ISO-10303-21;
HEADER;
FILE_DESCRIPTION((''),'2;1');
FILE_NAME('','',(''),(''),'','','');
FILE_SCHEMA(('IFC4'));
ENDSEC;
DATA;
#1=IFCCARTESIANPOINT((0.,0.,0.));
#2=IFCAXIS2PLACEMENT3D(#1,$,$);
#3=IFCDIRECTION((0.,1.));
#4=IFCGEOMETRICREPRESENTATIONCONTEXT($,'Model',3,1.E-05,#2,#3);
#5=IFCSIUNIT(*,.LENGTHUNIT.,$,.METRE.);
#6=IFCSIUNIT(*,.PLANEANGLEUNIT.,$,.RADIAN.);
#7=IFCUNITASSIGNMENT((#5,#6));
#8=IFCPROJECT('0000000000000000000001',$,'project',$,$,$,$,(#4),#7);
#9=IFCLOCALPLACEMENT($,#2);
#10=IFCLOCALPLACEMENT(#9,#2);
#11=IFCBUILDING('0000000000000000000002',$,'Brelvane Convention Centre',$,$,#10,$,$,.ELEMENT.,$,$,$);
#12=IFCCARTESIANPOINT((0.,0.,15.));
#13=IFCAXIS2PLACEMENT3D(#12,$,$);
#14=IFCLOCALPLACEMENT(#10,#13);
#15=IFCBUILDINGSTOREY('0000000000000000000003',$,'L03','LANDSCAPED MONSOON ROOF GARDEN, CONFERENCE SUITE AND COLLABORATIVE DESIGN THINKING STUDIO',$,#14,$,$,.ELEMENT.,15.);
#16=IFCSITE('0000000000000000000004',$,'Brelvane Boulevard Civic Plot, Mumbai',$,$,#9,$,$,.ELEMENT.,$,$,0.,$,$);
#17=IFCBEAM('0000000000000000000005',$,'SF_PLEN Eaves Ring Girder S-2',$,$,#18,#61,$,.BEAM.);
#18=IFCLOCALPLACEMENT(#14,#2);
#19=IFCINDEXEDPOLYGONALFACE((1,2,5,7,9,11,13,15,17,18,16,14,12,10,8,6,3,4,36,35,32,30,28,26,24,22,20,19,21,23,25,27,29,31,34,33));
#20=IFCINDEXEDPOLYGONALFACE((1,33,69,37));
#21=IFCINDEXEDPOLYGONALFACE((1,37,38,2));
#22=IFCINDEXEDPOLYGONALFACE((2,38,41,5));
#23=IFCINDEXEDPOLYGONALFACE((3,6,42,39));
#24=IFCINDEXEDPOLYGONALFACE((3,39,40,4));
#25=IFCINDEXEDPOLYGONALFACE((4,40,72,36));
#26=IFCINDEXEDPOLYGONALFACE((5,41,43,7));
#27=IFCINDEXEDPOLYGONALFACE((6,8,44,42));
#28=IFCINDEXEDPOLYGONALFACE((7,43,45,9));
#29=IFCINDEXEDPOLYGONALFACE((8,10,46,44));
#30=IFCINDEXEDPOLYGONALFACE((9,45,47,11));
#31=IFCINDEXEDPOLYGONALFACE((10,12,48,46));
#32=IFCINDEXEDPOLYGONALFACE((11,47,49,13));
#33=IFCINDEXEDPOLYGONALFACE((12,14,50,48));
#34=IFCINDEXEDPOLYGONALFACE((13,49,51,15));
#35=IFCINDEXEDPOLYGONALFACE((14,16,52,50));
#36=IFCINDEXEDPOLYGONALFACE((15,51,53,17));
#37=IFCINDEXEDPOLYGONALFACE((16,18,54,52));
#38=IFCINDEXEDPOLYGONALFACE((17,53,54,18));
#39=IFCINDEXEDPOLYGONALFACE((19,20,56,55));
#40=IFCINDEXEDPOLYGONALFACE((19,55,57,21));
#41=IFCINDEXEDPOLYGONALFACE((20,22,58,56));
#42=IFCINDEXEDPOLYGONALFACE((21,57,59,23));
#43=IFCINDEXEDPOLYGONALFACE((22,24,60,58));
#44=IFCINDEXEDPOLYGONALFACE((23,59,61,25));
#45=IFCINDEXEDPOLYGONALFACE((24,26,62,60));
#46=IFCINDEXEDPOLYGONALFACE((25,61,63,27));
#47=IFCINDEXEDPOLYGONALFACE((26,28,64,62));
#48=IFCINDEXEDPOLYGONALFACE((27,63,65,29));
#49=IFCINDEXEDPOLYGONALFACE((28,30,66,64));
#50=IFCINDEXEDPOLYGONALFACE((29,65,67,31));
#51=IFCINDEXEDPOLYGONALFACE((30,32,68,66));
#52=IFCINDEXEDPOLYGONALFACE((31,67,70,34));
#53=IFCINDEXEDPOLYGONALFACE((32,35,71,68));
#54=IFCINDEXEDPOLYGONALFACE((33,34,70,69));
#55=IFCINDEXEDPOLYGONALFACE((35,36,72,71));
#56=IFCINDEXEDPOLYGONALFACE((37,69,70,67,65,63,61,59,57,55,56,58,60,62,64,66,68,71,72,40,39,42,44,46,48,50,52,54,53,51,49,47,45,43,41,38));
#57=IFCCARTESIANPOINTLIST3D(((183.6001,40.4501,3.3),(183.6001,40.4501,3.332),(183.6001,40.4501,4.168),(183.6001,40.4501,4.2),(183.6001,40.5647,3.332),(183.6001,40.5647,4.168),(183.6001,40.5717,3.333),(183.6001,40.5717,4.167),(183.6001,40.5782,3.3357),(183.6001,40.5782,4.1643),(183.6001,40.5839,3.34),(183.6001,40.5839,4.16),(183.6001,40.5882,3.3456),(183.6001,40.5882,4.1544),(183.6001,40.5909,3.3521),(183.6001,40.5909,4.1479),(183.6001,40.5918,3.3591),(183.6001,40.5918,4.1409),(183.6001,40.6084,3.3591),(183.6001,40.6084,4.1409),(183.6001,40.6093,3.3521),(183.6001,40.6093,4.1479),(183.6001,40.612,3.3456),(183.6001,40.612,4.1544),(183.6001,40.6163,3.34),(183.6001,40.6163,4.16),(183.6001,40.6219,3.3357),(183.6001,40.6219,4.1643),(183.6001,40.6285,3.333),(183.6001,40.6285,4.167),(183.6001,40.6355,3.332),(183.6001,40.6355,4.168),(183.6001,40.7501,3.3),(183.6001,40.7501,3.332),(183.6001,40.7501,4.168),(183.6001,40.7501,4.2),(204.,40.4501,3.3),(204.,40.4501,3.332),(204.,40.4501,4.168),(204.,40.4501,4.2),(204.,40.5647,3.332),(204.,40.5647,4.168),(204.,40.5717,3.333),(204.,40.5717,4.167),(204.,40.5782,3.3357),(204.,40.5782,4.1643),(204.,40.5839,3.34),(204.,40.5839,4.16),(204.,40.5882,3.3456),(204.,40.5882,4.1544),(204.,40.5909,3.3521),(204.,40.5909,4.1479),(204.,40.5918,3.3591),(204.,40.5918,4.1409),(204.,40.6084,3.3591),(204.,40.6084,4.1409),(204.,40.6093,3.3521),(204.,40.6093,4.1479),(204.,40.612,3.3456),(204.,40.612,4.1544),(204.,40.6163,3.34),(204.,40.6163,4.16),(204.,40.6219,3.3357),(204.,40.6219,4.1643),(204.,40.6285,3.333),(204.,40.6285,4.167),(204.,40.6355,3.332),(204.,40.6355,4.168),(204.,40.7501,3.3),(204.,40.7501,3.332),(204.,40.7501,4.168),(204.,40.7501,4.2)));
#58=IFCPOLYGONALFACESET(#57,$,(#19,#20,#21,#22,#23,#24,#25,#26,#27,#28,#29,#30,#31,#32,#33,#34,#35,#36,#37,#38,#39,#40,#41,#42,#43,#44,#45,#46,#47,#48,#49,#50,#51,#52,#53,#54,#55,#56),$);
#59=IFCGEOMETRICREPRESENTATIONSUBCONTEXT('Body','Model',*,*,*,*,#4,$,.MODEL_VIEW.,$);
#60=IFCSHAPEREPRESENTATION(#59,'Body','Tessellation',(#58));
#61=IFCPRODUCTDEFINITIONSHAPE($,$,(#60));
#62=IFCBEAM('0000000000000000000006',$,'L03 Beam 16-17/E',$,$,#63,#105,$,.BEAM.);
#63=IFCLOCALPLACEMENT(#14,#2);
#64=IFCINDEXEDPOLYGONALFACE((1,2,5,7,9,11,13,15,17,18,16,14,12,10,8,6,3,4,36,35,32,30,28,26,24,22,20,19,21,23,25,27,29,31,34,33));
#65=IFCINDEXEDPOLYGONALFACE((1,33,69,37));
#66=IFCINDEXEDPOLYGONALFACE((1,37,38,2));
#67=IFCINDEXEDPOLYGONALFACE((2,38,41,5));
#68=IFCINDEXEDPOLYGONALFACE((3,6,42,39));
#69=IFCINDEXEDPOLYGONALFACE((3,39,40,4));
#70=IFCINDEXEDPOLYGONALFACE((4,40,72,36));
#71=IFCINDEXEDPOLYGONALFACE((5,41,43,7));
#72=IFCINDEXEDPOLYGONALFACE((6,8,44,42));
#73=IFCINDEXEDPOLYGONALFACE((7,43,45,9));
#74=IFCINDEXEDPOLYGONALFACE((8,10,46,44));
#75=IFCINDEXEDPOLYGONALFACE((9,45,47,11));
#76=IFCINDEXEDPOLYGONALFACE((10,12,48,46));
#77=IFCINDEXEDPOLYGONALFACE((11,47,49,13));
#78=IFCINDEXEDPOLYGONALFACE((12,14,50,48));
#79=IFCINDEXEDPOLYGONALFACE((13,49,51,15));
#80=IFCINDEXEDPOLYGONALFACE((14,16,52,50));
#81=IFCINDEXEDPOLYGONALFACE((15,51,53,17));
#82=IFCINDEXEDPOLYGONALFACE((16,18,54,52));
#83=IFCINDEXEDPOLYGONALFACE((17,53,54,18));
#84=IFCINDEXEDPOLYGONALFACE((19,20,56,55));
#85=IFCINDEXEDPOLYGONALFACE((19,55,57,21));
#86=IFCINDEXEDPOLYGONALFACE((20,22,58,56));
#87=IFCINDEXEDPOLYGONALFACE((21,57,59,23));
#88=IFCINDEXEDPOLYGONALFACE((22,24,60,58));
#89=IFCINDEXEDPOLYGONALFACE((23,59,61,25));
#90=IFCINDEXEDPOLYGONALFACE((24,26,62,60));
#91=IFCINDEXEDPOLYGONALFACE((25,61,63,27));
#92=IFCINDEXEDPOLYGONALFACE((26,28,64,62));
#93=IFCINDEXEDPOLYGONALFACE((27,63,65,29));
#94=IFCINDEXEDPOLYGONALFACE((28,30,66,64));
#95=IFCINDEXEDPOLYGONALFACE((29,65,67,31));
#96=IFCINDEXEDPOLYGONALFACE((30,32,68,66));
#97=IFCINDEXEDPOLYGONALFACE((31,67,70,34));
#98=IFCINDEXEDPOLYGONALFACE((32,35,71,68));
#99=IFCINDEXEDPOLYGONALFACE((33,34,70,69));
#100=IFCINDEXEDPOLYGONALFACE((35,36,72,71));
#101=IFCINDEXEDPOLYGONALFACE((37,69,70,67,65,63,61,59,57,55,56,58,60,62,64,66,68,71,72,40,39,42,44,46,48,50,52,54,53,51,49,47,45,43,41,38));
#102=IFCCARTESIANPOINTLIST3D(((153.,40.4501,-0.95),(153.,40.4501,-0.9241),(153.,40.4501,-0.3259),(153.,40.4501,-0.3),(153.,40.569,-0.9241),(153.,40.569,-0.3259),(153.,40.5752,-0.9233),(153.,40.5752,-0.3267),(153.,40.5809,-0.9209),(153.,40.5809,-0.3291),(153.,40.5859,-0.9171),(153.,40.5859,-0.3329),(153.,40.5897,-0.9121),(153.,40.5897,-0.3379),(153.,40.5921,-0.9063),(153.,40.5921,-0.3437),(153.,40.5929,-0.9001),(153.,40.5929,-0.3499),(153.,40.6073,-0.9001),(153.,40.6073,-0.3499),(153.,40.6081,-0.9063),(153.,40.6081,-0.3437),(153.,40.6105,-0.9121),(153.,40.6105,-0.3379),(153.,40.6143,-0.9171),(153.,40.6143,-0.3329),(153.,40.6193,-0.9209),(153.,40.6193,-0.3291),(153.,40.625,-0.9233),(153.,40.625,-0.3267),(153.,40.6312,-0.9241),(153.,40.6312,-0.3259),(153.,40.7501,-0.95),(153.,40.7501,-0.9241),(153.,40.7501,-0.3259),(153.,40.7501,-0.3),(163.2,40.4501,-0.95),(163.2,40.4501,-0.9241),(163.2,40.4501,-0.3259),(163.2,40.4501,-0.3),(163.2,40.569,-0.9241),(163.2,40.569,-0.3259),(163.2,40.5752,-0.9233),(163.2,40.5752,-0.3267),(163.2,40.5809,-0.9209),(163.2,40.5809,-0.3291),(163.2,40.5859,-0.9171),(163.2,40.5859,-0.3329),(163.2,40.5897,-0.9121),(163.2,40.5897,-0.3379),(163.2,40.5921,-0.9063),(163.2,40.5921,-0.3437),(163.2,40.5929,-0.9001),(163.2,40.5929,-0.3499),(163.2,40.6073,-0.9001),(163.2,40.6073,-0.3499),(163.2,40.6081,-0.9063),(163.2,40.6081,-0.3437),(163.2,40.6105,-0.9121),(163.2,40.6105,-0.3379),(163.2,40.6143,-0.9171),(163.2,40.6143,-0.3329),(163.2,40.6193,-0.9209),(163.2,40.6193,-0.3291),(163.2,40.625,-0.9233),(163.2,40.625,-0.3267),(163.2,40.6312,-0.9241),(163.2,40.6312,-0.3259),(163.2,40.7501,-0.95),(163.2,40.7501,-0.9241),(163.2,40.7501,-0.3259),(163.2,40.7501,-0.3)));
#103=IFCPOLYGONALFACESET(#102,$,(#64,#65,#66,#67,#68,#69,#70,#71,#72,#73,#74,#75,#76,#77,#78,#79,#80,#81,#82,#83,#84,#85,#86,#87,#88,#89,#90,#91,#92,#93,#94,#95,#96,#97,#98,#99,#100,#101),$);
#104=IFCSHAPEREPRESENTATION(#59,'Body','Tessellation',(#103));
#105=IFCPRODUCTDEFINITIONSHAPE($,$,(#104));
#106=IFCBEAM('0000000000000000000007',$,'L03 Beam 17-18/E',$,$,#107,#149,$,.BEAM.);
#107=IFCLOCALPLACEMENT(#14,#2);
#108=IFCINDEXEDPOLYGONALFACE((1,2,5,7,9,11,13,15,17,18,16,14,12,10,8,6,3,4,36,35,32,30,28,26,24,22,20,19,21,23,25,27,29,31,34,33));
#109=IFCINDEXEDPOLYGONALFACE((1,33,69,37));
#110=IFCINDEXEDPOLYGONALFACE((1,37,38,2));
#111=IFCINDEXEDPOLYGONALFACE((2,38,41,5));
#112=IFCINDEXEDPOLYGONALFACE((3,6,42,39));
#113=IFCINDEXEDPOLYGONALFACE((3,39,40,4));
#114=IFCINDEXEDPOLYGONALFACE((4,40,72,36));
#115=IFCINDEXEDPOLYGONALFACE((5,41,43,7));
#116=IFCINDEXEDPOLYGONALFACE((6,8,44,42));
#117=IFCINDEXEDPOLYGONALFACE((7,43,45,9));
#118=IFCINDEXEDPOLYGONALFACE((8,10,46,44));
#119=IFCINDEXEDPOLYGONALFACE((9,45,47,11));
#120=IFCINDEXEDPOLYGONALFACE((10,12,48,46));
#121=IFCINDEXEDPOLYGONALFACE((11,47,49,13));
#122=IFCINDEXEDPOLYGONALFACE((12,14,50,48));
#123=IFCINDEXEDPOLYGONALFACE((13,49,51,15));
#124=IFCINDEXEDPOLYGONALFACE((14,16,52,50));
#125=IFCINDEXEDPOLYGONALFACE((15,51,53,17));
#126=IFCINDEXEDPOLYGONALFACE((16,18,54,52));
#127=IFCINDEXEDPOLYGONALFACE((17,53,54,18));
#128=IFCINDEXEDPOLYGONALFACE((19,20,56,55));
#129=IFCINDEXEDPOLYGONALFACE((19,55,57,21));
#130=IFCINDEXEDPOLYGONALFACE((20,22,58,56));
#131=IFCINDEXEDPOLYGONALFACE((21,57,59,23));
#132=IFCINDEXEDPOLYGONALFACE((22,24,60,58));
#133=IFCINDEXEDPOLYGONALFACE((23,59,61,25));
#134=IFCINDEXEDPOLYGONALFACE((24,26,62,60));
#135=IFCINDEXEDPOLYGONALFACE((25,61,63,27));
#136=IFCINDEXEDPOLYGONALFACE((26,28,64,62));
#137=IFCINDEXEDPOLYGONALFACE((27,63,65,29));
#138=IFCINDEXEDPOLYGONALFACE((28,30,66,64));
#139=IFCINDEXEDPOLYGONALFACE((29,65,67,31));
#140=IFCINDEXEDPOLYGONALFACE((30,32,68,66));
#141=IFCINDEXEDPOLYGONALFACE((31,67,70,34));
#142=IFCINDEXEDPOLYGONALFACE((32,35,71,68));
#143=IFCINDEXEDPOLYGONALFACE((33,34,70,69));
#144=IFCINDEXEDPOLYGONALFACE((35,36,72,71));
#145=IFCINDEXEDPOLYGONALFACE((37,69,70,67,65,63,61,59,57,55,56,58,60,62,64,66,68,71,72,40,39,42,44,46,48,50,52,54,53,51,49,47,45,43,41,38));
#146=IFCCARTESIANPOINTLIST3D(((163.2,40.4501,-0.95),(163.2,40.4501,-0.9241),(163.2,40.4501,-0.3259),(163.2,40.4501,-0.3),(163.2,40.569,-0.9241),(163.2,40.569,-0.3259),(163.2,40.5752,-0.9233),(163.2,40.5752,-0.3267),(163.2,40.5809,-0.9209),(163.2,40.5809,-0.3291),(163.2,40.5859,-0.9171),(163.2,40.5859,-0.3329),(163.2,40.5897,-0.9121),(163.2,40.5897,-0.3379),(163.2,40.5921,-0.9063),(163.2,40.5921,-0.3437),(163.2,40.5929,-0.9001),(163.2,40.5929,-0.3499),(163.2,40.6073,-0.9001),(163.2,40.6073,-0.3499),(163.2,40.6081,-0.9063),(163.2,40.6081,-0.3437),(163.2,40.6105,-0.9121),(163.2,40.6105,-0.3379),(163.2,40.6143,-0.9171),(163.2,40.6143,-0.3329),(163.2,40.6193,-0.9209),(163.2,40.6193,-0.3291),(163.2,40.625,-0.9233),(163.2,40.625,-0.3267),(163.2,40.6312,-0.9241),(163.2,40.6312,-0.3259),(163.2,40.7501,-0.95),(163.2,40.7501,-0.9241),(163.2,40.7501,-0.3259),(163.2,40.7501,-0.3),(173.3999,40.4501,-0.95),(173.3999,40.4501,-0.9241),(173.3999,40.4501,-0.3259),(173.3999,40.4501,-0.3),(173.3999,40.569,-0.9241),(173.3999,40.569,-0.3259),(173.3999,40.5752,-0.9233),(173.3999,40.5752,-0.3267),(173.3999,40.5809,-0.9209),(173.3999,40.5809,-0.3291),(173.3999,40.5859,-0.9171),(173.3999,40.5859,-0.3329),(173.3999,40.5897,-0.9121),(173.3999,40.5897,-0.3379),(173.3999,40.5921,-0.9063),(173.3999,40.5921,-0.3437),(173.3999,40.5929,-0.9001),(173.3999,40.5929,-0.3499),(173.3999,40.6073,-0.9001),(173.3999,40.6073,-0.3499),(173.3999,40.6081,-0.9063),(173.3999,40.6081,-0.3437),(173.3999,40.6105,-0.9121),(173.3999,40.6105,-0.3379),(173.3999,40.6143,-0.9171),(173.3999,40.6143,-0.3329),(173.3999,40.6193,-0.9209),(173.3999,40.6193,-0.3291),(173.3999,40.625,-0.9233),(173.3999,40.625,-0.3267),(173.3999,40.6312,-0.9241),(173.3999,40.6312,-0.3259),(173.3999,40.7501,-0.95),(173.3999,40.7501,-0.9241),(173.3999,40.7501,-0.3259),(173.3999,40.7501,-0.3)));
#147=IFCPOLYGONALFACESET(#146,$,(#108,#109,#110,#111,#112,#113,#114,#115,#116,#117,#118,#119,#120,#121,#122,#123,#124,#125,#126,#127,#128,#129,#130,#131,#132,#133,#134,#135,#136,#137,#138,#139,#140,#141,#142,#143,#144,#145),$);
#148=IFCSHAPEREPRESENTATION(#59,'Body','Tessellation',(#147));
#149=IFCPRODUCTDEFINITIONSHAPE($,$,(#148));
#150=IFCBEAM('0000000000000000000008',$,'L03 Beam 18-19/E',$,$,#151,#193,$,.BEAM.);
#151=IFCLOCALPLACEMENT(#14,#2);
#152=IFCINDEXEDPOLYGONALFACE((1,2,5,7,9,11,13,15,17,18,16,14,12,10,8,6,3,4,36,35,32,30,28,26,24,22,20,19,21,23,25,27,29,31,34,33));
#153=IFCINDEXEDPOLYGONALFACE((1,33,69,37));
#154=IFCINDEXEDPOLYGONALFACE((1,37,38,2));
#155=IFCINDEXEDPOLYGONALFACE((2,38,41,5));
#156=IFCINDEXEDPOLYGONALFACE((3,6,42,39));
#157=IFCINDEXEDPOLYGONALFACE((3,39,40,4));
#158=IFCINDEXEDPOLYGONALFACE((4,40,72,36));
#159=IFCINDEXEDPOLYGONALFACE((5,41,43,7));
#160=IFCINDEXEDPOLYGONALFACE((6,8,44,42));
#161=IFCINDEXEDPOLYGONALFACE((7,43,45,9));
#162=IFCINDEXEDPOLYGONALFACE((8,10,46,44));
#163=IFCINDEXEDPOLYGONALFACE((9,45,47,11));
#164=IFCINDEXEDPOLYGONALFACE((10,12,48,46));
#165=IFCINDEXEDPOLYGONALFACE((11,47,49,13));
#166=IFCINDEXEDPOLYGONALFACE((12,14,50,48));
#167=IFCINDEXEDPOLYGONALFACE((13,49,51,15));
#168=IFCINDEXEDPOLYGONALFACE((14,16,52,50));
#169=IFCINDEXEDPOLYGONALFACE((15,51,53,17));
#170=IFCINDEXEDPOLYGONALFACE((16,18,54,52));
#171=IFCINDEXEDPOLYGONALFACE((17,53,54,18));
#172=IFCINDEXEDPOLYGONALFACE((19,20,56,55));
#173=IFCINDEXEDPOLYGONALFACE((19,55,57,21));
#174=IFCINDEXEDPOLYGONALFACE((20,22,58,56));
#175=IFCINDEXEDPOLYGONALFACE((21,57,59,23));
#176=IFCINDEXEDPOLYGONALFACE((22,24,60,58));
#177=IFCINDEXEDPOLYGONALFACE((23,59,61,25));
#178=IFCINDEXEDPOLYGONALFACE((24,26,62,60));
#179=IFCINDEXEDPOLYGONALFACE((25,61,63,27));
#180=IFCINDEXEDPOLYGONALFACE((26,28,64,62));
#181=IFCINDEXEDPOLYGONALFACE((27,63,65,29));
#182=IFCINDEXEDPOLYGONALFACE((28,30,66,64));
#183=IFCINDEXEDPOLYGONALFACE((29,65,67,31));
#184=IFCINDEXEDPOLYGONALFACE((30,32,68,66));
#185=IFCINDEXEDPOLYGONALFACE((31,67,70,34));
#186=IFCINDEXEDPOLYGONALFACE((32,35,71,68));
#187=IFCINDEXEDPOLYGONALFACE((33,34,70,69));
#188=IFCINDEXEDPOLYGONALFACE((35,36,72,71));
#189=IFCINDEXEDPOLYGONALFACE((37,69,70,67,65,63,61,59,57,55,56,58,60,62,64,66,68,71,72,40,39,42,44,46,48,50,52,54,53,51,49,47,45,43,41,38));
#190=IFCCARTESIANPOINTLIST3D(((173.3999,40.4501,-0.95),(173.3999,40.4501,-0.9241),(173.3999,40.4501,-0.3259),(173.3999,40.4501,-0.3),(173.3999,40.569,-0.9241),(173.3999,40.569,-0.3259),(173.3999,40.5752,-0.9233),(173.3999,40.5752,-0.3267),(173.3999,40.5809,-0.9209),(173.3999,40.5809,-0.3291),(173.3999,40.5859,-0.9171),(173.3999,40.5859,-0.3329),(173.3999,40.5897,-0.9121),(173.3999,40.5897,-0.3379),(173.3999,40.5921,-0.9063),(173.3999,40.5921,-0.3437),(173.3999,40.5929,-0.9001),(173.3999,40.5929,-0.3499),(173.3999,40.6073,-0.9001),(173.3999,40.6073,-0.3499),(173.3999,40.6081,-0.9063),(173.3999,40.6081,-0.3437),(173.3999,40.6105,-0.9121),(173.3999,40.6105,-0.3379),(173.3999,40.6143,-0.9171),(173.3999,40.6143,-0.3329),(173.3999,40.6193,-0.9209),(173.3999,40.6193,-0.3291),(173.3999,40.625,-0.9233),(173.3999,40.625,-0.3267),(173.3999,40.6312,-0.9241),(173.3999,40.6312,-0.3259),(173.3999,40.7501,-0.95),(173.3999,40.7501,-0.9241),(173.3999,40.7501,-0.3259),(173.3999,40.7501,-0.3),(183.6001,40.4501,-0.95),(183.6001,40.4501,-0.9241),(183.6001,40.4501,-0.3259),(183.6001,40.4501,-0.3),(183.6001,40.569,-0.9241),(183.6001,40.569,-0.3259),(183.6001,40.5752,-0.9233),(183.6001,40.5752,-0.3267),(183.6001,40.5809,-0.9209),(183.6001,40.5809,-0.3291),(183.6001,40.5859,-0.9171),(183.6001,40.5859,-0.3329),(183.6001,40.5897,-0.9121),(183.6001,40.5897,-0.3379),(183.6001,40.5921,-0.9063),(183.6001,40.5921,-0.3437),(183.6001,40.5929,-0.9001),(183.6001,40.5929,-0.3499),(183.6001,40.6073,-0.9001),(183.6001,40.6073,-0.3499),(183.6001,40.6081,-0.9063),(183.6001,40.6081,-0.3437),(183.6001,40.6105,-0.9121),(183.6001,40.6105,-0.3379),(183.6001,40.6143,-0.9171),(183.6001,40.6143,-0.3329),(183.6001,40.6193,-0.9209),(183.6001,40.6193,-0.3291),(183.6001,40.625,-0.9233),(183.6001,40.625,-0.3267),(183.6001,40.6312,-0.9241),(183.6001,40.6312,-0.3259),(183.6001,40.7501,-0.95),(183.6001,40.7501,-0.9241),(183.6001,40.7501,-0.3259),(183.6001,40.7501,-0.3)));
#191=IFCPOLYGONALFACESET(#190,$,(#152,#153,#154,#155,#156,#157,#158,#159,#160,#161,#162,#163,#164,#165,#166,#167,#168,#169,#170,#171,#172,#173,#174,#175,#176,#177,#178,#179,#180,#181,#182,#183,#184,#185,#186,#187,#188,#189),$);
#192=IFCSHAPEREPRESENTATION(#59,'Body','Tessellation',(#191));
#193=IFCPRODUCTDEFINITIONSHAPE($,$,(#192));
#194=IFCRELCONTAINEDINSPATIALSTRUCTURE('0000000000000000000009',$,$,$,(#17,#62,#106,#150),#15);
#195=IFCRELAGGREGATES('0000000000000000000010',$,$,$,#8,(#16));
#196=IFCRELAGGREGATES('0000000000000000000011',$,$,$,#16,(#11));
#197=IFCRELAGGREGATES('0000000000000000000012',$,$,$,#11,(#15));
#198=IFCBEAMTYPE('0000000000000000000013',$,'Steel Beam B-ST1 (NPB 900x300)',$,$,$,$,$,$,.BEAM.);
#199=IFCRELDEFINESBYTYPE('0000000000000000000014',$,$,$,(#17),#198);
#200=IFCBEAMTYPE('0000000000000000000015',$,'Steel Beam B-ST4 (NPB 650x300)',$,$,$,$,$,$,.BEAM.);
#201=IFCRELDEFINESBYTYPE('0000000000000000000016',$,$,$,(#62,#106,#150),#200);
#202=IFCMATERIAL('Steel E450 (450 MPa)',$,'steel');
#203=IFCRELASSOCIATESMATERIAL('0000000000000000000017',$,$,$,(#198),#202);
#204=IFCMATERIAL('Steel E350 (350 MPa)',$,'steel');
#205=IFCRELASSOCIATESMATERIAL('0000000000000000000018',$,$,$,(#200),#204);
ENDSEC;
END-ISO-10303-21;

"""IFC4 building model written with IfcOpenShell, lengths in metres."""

from ifc_helpers import new_model, si_unit, direction, frame, origin, origin_2d, place, context, subcontext, project, spatial, i_section, extrude, material, material_profile, profile_set, type_object, element, save


model = new_model("IFC4")

# Units and contexts
model_context = context("Model", 3, precision=1e-05, world=origin(), true_north=direction((0.0, 1.0)))
body_context = subcontext(model_context, "Body", "Model", "MODEL_VIEW")
ifc_project = project(units=[si_unit("LENGTHUNIT", "METRE"), si_unit("PLANEANGLEUNIT", "RADIAN")], contexts=[model_context])

# Site, building, storey
site_placement = place(None, origin())
site = spatial("IfcSite", under=ifc_project, at=site_placement, Name="Brelvane Boulevard Civic Plot, Mumbai", CompositionType="ELEMENT", RefElevation=0.0)
building_placement = place(site_placement, origin())
building = spatial("IfcBuilding", under=site, at=building_placement, Name="Brelvane Convention Centre", CompositionType="ELEMENT")
storey_placement = place(building_placement, frame((0.0, 0.0, 15.0)))
storey = spatial("IfcBuildingStorey", under=building, at=storey_placement, Name="L03", Description="LANDSCAPED MONSOON ROOF GARDEN, CONFERENCE SUITE AND COLLABORATIVE DESIGN THINKING STUDIO", CompositionType="ELEMENT", Elevation=15.0)

# Beams
ifc_material_1 = material(Name="Steel E450 (450 MPa)", Category="steel")
ifc_material_profile_1 = material_profile(ifc_material_1, i_section(OverallWidth=0.3, OverallDepth=0.8999, WebThickness=0.0166, FlangeThickness=0.032, FilletRadius=0.0271, at=origin_2d()), Name="NPB 900x300")
ifc_profile_set_1 = profile_set([ifc_material_profile_1], Name="Steel E450 (450 MPa)")
beam_type_1 = type_object("IfcBeamType", Name="Steel Beam B-ST1 (NPB 900x300)", PredefinedType="BEAM", material=ifc_profile_set_1)
beam_1_placement = place(storey_placement, frame((183.6001, 40.6001, 3.75), z_axis=(1.0, 0.0, 0.0), x_axis=(0.0, 1.0, 0.0)))
element("IfcBeam", 1, at=beam_1_placement, inside=storey, type_object=beam_type_1, Name="SF_PLEN Eaves Ring Girder S-2", PredefinedType="BEAM", context=body_context, shape_type="SweptSolid", body=[
    extrude(i_section(OverallWidth=0.3, OverallDepth=0.8999, WebThickness=0.0166, FlangeThickness=0.032, FilletRadius=0.0271, at=origin_2d()), origin(), (0.0, 0.0, 1.0), 20.3999),
])
ifc_material_2 = material(Name="Steel E350 (350 MPa)", Category="steel")
ifc_material_profile_2 = material_profile(ifc_material_2, i_section(OverallWidth=0.3, OverallDepth=0.6499, WebThickness=0.0144, FlangeThickness=0.0259, FilletRadius=0.0239, at=origin_2d()), Name="NPB 650x300")
ifc_profile_set_2 = profile_set([ifc_material_profile_2], Name="Steel E350 (350 MPa)")
beam_type_2 = type_object("IfcBeamType", Name="Steel Beam B-ST4 (NPB 650x300)", PredefinedType="BEAM", material=ifc_profile_set_2)
for number, where, z_axis, x_axis, name in (
    (2, (153.0, 40.6001, -0.625), (1.0, 0.0, 0.0), (0.0, 1.0, 0.0), "L03 Beam 16-17/E"),
    (3, (163.2, 40.6001, -0.625), (1.0, 0.0, 0.0), (0.0, 1.0, 0.0), "L03 Beam 17-18/E"),
):
    element("IfcBeam", number, at=place(storey_placement, frame(where, z_axis=z_axis, x_axis=x_axis)), inside=storey, type_object=beam_type_2, Name=name, PredefinedType="BEAM", context=body_context, shape_type="SweptSolid", body=[
        extrude(i_section(OverallWidth=0.3, OverallDepth=0.6499, WebThickness=0.0144, FlangeThickness=0.0259, FilletRadius=0.0239, at=origin_2d()), origin(), (0.0, 0.0, 1.0), 10.2),
    ])
beam_2_placement = place(storey_placement, frame((173.3999, 40.6001, -0.625), z_axis=(1.0, 0.0, 0.0), x_axis=(0.0, 1.0, 0.0)))
element("IfcBeam", 4, at=beam_2_placement, inside=storey, type_object=beam_type_2, Name="L03 Beam 18-19/E", PredefinedType="BEAM", context=body_context, shape_type="SweptSolid", body=[
    extrude(i_section(OverallWidth=0.3, OverallDepth=0.6499, WebThickness=0.0144, FlangeThickness=0.0259, FilletRadius=0.0239, at=origin_2d()), origin(), (0.0, 0.0, 1.0), 10.2002),
])

save(model, "model.ifc")
